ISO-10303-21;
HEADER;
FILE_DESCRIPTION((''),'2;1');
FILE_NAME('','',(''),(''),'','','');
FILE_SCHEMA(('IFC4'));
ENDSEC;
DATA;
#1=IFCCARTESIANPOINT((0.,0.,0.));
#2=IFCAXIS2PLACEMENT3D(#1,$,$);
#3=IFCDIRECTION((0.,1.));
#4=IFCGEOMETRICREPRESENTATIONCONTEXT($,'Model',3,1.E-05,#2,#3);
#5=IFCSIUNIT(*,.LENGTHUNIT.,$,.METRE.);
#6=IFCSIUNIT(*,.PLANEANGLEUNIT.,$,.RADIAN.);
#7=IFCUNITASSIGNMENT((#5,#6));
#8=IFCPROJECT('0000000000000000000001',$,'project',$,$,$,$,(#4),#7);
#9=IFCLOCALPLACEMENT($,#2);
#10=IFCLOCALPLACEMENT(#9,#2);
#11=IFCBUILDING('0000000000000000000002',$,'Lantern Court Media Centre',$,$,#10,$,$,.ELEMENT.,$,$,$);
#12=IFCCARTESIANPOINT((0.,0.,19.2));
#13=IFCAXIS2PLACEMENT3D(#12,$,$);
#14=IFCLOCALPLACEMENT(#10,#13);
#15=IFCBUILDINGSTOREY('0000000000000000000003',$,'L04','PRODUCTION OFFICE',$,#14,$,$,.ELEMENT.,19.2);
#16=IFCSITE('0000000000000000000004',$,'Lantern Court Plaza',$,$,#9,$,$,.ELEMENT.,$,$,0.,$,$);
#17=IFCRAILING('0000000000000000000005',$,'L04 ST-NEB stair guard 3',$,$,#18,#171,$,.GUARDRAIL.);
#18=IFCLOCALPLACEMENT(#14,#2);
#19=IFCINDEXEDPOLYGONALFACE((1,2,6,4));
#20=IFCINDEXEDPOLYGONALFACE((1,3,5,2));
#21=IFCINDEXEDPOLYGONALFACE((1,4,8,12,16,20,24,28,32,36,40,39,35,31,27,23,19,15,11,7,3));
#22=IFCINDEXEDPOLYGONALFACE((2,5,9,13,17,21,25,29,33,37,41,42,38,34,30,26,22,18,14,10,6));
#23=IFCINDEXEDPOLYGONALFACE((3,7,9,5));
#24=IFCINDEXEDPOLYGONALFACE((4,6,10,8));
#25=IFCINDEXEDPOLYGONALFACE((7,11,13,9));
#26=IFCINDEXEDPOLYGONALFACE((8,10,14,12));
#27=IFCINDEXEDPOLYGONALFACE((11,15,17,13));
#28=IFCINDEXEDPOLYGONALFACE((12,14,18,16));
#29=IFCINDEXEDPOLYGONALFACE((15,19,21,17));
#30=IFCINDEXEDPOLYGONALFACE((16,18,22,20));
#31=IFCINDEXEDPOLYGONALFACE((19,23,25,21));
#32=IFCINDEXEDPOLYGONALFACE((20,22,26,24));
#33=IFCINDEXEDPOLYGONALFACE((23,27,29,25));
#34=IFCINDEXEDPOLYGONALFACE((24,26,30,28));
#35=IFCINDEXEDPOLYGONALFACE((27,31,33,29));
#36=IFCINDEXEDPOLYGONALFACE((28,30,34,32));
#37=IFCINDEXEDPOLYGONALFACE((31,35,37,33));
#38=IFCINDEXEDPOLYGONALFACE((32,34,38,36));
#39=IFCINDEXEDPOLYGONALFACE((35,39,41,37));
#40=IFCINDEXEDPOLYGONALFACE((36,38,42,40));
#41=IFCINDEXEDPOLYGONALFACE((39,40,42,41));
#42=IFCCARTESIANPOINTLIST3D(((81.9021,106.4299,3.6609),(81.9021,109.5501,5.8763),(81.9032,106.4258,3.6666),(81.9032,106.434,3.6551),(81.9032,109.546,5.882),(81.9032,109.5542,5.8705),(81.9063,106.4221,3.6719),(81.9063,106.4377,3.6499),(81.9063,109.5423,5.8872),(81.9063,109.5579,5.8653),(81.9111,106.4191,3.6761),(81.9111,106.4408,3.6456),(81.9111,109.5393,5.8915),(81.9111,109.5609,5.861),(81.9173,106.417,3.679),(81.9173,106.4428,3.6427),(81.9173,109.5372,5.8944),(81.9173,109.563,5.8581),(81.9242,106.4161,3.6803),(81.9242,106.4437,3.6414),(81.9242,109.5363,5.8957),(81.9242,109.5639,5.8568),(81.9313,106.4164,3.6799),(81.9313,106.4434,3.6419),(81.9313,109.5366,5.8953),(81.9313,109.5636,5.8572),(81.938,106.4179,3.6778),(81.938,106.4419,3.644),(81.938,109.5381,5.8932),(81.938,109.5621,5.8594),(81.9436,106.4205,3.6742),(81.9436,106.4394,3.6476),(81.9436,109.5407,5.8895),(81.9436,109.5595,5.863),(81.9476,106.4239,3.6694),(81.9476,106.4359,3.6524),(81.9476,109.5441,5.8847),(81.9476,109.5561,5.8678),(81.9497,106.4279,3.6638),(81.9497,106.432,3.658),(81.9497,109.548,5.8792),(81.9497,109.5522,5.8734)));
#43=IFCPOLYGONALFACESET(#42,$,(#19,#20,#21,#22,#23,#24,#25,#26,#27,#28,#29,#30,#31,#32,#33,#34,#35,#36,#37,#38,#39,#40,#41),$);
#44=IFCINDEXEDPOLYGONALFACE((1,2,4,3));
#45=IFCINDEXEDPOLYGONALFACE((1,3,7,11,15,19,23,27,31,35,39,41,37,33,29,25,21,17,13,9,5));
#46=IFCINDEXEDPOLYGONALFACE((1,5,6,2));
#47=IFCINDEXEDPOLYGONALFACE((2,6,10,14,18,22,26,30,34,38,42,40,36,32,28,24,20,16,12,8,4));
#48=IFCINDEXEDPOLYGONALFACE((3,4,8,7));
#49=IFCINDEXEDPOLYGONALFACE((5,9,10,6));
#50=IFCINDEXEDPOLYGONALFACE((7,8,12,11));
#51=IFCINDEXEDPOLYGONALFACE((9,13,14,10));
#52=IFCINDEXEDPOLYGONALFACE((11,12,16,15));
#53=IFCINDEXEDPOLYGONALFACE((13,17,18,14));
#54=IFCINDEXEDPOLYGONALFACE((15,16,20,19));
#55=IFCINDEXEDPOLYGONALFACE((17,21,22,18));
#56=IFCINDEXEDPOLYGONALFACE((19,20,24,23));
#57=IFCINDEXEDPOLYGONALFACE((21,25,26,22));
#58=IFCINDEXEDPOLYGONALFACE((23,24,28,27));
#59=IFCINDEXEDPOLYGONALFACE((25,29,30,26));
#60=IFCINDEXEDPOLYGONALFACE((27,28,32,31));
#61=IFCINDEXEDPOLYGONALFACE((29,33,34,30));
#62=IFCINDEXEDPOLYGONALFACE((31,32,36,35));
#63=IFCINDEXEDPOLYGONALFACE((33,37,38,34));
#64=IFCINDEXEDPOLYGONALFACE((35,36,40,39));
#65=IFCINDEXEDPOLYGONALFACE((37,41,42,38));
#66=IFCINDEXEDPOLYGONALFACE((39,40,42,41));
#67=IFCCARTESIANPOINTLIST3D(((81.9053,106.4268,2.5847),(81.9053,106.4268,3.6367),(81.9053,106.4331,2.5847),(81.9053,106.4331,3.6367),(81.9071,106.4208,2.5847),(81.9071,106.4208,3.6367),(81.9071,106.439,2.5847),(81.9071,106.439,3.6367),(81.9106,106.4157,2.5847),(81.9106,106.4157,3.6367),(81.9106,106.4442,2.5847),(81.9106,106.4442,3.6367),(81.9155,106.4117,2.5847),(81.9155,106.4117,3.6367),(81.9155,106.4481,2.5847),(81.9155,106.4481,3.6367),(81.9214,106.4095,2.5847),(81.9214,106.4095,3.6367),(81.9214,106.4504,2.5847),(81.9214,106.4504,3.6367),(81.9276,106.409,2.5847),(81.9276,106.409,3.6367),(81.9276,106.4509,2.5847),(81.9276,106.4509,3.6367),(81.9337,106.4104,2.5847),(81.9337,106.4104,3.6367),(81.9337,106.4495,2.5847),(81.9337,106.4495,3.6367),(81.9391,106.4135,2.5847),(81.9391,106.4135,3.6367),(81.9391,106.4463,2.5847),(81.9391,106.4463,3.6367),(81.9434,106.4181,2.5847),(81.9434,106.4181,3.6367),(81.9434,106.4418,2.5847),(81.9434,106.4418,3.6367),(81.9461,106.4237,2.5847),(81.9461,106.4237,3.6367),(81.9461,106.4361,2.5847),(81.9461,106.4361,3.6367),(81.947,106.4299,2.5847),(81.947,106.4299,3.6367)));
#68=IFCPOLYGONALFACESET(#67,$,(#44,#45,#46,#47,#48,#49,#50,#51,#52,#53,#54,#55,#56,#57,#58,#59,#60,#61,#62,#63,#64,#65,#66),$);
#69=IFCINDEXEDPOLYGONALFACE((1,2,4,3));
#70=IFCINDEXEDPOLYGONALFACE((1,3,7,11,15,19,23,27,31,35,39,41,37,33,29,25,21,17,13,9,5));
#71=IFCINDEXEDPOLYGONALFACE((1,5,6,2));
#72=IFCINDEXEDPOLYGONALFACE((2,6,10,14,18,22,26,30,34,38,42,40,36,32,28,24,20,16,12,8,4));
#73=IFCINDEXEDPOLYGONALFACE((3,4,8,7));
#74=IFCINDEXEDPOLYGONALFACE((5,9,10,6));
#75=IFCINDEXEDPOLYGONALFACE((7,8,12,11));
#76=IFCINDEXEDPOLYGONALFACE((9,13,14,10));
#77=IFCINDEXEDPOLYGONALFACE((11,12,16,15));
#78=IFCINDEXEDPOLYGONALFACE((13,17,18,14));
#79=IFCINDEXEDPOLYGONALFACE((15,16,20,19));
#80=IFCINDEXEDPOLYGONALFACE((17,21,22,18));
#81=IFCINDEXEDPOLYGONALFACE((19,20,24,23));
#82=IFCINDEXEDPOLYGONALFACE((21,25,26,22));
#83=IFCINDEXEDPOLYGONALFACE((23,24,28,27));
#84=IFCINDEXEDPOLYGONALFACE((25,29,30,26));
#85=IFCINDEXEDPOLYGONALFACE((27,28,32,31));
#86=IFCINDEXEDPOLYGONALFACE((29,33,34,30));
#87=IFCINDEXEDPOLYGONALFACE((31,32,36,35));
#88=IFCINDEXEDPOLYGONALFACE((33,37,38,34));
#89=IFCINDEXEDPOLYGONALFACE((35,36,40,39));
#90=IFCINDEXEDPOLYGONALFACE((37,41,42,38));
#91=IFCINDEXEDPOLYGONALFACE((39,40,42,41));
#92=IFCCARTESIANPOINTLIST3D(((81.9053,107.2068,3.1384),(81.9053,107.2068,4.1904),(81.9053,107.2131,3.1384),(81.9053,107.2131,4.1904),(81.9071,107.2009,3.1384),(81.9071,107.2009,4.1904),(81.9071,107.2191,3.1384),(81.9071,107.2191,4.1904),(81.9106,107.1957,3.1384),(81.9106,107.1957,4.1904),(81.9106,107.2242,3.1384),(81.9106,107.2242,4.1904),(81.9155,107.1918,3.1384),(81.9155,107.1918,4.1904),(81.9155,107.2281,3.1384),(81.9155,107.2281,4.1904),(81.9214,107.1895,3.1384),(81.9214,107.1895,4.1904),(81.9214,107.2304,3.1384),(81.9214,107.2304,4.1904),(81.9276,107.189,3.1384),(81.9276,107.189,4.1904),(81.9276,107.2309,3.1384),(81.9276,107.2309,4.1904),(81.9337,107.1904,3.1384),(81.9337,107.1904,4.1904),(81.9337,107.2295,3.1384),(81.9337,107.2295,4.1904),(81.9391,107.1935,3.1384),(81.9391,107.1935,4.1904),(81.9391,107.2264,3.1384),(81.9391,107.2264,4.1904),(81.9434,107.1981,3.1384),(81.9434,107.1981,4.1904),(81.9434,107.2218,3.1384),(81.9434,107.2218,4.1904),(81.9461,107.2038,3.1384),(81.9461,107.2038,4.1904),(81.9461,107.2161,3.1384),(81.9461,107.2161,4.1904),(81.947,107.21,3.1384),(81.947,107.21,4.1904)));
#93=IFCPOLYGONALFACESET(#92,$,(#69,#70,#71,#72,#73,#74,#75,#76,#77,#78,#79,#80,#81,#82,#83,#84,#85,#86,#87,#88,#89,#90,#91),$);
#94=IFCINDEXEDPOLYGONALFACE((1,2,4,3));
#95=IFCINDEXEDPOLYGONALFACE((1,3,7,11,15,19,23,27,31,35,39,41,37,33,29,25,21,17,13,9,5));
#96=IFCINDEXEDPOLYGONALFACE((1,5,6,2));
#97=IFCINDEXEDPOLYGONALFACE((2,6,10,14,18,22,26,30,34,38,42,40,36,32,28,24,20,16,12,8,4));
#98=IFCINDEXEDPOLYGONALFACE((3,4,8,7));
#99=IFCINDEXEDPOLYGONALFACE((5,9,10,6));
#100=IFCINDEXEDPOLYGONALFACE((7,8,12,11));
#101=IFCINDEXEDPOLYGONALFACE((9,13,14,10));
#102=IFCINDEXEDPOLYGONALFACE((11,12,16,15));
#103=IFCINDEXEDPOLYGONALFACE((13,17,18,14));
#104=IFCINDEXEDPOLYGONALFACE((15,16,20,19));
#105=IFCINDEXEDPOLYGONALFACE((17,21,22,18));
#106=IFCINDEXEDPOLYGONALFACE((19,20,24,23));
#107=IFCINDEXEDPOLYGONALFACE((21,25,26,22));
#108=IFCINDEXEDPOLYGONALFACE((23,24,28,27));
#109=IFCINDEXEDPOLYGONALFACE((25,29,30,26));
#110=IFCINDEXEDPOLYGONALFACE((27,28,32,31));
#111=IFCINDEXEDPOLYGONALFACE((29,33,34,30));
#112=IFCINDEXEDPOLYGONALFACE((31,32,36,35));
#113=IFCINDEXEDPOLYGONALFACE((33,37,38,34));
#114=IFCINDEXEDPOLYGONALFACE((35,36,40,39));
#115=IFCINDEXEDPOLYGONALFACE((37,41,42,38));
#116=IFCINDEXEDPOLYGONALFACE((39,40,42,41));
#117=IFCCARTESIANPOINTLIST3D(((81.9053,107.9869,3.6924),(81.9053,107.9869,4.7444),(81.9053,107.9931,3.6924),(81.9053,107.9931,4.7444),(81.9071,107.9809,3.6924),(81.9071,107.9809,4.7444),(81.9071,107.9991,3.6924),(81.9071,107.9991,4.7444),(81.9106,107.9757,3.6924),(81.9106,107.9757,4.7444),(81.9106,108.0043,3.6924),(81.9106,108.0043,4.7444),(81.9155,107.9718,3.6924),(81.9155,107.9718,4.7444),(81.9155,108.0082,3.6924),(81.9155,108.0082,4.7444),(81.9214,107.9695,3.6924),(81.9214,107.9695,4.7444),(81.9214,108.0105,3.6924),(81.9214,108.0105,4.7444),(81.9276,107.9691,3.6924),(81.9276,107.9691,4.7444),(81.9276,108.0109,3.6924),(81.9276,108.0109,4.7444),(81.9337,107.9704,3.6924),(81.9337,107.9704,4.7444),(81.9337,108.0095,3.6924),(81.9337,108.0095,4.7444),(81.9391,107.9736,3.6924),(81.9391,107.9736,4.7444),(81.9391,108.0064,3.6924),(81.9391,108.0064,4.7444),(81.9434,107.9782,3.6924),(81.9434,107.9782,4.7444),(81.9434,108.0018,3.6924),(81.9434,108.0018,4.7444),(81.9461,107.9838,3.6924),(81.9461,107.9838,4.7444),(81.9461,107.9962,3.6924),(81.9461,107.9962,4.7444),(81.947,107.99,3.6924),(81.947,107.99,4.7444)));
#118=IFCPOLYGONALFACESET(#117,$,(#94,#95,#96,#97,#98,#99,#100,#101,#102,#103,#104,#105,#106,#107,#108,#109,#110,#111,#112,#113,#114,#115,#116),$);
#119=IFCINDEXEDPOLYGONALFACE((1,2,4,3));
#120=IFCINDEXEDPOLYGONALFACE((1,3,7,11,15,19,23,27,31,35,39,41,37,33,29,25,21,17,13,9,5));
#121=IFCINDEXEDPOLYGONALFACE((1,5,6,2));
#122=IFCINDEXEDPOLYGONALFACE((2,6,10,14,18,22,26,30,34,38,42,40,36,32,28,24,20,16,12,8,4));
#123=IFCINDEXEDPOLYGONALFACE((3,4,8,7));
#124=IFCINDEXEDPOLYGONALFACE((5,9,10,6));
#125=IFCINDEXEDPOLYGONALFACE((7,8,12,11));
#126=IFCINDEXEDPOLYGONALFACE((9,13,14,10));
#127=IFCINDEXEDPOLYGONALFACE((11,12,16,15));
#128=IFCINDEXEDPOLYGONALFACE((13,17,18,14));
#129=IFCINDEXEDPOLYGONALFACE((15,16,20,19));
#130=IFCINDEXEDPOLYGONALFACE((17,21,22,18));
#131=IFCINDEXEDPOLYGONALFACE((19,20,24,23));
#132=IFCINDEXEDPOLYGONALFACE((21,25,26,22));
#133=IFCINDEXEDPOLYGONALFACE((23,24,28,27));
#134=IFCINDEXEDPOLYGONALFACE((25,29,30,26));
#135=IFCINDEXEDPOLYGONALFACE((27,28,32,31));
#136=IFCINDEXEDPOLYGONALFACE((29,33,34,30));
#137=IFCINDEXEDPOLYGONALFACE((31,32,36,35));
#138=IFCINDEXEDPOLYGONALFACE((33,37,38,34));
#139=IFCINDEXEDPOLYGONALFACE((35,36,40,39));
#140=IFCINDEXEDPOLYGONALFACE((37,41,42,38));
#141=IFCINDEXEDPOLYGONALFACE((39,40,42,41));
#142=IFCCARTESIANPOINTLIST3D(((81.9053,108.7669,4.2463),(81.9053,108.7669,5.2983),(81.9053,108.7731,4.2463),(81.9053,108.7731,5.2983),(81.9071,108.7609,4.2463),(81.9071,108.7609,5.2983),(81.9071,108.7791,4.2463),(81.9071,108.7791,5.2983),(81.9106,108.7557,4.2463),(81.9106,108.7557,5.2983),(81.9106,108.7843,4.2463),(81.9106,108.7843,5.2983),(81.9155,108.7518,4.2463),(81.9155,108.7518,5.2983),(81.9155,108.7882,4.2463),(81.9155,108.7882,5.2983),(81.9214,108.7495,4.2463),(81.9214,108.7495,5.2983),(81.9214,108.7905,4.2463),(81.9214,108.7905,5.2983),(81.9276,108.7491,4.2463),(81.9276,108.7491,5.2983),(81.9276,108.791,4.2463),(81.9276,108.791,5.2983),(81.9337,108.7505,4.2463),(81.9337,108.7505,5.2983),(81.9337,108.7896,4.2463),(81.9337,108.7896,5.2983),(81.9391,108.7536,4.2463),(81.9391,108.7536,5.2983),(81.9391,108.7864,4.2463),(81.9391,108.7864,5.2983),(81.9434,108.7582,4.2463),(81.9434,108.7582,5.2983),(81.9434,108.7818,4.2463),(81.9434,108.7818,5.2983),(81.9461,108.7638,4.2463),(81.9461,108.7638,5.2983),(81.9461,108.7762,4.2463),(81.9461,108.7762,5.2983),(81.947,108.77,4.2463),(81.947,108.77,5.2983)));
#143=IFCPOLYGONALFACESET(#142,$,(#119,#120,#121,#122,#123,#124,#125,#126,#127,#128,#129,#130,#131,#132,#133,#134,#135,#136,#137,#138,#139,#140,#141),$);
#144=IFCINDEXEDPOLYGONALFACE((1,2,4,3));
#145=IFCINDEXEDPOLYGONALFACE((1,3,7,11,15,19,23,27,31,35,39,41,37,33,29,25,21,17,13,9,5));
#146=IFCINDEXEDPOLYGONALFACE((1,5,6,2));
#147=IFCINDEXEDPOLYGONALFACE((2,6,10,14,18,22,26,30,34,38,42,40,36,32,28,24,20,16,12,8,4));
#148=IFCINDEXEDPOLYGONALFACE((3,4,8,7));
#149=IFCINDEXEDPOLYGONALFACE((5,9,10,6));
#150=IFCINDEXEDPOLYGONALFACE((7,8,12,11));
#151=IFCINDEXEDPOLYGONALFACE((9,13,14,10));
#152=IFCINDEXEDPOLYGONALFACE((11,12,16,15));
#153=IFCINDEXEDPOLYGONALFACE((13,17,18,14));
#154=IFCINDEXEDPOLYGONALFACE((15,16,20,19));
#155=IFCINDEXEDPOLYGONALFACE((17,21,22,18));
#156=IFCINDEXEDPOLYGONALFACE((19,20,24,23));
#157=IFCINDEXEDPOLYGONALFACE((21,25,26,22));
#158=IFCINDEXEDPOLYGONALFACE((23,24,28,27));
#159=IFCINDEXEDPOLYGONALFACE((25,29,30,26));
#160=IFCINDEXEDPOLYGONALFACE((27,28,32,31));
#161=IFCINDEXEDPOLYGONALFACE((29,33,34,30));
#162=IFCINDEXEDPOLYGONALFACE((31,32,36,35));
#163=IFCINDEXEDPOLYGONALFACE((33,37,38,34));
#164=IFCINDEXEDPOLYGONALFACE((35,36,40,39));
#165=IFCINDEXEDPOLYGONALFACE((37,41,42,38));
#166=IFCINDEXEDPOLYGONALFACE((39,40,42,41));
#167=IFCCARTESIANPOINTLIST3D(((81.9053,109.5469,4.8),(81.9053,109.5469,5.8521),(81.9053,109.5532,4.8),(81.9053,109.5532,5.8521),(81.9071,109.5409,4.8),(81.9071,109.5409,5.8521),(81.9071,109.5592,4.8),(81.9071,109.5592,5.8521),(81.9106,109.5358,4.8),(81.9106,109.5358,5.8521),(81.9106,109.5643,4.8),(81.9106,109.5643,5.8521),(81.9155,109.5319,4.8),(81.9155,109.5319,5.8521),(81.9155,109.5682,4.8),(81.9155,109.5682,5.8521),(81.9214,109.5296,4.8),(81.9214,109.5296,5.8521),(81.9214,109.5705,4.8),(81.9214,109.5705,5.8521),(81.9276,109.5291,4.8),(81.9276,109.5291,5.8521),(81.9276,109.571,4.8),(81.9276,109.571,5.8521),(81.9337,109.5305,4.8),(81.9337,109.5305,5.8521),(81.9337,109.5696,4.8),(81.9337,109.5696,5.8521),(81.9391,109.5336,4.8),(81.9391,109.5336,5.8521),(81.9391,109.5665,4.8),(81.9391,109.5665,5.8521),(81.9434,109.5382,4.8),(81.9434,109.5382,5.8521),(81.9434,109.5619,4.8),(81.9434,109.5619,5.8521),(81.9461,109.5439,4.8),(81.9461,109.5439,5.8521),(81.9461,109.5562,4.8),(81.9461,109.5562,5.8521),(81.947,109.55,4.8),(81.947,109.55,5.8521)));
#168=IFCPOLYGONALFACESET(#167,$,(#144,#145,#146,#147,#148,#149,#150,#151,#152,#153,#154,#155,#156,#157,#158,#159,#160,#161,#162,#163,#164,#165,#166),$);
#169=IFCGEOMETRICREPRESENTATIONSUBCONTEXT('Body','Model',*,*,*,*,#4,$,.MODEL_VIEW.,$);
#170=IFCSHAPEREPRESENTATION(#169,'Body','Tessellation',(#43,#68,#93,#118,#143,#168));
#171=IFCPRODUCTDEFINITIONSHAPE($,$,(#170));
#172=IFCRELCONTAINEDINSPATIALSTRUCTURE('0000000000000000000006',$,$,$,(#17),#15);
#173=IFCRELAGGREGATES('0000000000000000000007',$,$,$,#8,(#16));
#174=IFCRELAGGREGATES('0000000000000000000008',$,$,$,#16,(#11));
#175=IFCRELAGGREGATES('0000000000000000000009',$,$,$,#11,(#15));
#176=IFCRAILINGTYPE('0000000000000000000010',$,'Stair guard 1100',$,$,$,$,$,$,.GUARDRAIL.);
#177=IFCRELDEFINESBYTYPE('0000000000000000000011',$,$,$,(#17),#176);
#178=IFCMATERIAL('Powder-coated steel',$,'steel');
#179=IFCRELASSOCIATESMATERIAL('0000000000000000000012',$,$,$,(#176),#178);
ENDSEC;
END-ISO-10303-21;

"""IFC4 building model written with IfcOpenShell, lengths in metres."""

from ifc_helpers import new_model, si_unit, direction, frame, origin, origin_2d, place, context, subcontext, project, spatial, circle, extrude, material, type_object, element, save


model = new_model("IFC4")

# Units and contexts
model_context = context("Model", 3, precision=1e-05, world=origin(), true_north=direction((0.0, 1.0)))
body_context = subcontext(model_context, "Body", "Model", "MODEL_VIEW")
ifc_project = project(units=[si_unit("LENGTHUNIT", "METRE"), si_unit("PLANEANGLEUNIT", "RADIAN")], contexts=[model_context])

# Site, building, storey
site_placement = place(None, origin())
site = spatial("IfcSite", under=ifc_project, at=site_placement, Name="Lantern Court Plaza", CompositionType="ELEMENT", RefElevation=0.0)
building_placement = place(site_placement, origin())
building = spatial("IfcBuilding", under=site, at=building_placement, Name="Lantern Court Media Centre", CompositionType="ELEMENT")
storey_placement = place(building_placement, frame((0.0, 0.0, 19.2)))
storey = spatial("IfcBuildingStorey", under=building, at=storey_placement, Name="L04", Description="PRODUCTION OFFICE", CompositionType="ELEMENT", Elevation=19.2)

# Shared definitions
ifc_material_1 = material(Name="Powder-coated steel", Category="steel")

# Railing
railing_type_1 = type_object("IfcRailingType", Name="Stair guard 1100", PredefinedType="GUARDRAIL", material=ifc_material_1)
railing_1_placement = place(storey_placement, frame((81.926, 106.4299, 2.5847)))
element("IfcRailing", 1, at=railing_1_placement, inside=storey, type_object=railing_type_1, Name="L04 ST-NEB stair guard 3", PredefinedType="GUARDRAIL", context=body_context, shape_type="SweptSolid", body=[
    extrude(circle(Radius=0.0239, at=origin_2d()), frame((0.0, 0.0, 1.0762), z_axis=(0.0, 0.815377, 0.57893), x_axis=(-1.0, 0.0, 0.0)), (0.0, 0.0, 1.0), 3.8267),
    extrude(circle(Radius=0.021, at=origin_2d()), origin(), (0.0, 0.0, 1.0), 1.052),
    extrude(circle(Radius=0.021, at=origin_2d()), frame((0.0, 0.78, 0.5537)), (0.0, 0.0, 1.0), 1.052),
    extrude(circle(Radius=0.021, at=origin_2d()), frame((0.0, 1.5601, 1.1077)), (0.0, 0.0, 1.0), 1.052),
    extrude(circle(Radius=0.021, at=origin_2d()), frame((0.0, 2.3401, 1.6616)), (0.0, 0.0, 1.0), 1.052),
    extrude(circle(Radius=0.021, at=origin_2d()), frame((0.0, 3.1201, 2.2153)), (0.0, 0.0, 1.0), 1.052),
])

save(model, "model.ifc")
